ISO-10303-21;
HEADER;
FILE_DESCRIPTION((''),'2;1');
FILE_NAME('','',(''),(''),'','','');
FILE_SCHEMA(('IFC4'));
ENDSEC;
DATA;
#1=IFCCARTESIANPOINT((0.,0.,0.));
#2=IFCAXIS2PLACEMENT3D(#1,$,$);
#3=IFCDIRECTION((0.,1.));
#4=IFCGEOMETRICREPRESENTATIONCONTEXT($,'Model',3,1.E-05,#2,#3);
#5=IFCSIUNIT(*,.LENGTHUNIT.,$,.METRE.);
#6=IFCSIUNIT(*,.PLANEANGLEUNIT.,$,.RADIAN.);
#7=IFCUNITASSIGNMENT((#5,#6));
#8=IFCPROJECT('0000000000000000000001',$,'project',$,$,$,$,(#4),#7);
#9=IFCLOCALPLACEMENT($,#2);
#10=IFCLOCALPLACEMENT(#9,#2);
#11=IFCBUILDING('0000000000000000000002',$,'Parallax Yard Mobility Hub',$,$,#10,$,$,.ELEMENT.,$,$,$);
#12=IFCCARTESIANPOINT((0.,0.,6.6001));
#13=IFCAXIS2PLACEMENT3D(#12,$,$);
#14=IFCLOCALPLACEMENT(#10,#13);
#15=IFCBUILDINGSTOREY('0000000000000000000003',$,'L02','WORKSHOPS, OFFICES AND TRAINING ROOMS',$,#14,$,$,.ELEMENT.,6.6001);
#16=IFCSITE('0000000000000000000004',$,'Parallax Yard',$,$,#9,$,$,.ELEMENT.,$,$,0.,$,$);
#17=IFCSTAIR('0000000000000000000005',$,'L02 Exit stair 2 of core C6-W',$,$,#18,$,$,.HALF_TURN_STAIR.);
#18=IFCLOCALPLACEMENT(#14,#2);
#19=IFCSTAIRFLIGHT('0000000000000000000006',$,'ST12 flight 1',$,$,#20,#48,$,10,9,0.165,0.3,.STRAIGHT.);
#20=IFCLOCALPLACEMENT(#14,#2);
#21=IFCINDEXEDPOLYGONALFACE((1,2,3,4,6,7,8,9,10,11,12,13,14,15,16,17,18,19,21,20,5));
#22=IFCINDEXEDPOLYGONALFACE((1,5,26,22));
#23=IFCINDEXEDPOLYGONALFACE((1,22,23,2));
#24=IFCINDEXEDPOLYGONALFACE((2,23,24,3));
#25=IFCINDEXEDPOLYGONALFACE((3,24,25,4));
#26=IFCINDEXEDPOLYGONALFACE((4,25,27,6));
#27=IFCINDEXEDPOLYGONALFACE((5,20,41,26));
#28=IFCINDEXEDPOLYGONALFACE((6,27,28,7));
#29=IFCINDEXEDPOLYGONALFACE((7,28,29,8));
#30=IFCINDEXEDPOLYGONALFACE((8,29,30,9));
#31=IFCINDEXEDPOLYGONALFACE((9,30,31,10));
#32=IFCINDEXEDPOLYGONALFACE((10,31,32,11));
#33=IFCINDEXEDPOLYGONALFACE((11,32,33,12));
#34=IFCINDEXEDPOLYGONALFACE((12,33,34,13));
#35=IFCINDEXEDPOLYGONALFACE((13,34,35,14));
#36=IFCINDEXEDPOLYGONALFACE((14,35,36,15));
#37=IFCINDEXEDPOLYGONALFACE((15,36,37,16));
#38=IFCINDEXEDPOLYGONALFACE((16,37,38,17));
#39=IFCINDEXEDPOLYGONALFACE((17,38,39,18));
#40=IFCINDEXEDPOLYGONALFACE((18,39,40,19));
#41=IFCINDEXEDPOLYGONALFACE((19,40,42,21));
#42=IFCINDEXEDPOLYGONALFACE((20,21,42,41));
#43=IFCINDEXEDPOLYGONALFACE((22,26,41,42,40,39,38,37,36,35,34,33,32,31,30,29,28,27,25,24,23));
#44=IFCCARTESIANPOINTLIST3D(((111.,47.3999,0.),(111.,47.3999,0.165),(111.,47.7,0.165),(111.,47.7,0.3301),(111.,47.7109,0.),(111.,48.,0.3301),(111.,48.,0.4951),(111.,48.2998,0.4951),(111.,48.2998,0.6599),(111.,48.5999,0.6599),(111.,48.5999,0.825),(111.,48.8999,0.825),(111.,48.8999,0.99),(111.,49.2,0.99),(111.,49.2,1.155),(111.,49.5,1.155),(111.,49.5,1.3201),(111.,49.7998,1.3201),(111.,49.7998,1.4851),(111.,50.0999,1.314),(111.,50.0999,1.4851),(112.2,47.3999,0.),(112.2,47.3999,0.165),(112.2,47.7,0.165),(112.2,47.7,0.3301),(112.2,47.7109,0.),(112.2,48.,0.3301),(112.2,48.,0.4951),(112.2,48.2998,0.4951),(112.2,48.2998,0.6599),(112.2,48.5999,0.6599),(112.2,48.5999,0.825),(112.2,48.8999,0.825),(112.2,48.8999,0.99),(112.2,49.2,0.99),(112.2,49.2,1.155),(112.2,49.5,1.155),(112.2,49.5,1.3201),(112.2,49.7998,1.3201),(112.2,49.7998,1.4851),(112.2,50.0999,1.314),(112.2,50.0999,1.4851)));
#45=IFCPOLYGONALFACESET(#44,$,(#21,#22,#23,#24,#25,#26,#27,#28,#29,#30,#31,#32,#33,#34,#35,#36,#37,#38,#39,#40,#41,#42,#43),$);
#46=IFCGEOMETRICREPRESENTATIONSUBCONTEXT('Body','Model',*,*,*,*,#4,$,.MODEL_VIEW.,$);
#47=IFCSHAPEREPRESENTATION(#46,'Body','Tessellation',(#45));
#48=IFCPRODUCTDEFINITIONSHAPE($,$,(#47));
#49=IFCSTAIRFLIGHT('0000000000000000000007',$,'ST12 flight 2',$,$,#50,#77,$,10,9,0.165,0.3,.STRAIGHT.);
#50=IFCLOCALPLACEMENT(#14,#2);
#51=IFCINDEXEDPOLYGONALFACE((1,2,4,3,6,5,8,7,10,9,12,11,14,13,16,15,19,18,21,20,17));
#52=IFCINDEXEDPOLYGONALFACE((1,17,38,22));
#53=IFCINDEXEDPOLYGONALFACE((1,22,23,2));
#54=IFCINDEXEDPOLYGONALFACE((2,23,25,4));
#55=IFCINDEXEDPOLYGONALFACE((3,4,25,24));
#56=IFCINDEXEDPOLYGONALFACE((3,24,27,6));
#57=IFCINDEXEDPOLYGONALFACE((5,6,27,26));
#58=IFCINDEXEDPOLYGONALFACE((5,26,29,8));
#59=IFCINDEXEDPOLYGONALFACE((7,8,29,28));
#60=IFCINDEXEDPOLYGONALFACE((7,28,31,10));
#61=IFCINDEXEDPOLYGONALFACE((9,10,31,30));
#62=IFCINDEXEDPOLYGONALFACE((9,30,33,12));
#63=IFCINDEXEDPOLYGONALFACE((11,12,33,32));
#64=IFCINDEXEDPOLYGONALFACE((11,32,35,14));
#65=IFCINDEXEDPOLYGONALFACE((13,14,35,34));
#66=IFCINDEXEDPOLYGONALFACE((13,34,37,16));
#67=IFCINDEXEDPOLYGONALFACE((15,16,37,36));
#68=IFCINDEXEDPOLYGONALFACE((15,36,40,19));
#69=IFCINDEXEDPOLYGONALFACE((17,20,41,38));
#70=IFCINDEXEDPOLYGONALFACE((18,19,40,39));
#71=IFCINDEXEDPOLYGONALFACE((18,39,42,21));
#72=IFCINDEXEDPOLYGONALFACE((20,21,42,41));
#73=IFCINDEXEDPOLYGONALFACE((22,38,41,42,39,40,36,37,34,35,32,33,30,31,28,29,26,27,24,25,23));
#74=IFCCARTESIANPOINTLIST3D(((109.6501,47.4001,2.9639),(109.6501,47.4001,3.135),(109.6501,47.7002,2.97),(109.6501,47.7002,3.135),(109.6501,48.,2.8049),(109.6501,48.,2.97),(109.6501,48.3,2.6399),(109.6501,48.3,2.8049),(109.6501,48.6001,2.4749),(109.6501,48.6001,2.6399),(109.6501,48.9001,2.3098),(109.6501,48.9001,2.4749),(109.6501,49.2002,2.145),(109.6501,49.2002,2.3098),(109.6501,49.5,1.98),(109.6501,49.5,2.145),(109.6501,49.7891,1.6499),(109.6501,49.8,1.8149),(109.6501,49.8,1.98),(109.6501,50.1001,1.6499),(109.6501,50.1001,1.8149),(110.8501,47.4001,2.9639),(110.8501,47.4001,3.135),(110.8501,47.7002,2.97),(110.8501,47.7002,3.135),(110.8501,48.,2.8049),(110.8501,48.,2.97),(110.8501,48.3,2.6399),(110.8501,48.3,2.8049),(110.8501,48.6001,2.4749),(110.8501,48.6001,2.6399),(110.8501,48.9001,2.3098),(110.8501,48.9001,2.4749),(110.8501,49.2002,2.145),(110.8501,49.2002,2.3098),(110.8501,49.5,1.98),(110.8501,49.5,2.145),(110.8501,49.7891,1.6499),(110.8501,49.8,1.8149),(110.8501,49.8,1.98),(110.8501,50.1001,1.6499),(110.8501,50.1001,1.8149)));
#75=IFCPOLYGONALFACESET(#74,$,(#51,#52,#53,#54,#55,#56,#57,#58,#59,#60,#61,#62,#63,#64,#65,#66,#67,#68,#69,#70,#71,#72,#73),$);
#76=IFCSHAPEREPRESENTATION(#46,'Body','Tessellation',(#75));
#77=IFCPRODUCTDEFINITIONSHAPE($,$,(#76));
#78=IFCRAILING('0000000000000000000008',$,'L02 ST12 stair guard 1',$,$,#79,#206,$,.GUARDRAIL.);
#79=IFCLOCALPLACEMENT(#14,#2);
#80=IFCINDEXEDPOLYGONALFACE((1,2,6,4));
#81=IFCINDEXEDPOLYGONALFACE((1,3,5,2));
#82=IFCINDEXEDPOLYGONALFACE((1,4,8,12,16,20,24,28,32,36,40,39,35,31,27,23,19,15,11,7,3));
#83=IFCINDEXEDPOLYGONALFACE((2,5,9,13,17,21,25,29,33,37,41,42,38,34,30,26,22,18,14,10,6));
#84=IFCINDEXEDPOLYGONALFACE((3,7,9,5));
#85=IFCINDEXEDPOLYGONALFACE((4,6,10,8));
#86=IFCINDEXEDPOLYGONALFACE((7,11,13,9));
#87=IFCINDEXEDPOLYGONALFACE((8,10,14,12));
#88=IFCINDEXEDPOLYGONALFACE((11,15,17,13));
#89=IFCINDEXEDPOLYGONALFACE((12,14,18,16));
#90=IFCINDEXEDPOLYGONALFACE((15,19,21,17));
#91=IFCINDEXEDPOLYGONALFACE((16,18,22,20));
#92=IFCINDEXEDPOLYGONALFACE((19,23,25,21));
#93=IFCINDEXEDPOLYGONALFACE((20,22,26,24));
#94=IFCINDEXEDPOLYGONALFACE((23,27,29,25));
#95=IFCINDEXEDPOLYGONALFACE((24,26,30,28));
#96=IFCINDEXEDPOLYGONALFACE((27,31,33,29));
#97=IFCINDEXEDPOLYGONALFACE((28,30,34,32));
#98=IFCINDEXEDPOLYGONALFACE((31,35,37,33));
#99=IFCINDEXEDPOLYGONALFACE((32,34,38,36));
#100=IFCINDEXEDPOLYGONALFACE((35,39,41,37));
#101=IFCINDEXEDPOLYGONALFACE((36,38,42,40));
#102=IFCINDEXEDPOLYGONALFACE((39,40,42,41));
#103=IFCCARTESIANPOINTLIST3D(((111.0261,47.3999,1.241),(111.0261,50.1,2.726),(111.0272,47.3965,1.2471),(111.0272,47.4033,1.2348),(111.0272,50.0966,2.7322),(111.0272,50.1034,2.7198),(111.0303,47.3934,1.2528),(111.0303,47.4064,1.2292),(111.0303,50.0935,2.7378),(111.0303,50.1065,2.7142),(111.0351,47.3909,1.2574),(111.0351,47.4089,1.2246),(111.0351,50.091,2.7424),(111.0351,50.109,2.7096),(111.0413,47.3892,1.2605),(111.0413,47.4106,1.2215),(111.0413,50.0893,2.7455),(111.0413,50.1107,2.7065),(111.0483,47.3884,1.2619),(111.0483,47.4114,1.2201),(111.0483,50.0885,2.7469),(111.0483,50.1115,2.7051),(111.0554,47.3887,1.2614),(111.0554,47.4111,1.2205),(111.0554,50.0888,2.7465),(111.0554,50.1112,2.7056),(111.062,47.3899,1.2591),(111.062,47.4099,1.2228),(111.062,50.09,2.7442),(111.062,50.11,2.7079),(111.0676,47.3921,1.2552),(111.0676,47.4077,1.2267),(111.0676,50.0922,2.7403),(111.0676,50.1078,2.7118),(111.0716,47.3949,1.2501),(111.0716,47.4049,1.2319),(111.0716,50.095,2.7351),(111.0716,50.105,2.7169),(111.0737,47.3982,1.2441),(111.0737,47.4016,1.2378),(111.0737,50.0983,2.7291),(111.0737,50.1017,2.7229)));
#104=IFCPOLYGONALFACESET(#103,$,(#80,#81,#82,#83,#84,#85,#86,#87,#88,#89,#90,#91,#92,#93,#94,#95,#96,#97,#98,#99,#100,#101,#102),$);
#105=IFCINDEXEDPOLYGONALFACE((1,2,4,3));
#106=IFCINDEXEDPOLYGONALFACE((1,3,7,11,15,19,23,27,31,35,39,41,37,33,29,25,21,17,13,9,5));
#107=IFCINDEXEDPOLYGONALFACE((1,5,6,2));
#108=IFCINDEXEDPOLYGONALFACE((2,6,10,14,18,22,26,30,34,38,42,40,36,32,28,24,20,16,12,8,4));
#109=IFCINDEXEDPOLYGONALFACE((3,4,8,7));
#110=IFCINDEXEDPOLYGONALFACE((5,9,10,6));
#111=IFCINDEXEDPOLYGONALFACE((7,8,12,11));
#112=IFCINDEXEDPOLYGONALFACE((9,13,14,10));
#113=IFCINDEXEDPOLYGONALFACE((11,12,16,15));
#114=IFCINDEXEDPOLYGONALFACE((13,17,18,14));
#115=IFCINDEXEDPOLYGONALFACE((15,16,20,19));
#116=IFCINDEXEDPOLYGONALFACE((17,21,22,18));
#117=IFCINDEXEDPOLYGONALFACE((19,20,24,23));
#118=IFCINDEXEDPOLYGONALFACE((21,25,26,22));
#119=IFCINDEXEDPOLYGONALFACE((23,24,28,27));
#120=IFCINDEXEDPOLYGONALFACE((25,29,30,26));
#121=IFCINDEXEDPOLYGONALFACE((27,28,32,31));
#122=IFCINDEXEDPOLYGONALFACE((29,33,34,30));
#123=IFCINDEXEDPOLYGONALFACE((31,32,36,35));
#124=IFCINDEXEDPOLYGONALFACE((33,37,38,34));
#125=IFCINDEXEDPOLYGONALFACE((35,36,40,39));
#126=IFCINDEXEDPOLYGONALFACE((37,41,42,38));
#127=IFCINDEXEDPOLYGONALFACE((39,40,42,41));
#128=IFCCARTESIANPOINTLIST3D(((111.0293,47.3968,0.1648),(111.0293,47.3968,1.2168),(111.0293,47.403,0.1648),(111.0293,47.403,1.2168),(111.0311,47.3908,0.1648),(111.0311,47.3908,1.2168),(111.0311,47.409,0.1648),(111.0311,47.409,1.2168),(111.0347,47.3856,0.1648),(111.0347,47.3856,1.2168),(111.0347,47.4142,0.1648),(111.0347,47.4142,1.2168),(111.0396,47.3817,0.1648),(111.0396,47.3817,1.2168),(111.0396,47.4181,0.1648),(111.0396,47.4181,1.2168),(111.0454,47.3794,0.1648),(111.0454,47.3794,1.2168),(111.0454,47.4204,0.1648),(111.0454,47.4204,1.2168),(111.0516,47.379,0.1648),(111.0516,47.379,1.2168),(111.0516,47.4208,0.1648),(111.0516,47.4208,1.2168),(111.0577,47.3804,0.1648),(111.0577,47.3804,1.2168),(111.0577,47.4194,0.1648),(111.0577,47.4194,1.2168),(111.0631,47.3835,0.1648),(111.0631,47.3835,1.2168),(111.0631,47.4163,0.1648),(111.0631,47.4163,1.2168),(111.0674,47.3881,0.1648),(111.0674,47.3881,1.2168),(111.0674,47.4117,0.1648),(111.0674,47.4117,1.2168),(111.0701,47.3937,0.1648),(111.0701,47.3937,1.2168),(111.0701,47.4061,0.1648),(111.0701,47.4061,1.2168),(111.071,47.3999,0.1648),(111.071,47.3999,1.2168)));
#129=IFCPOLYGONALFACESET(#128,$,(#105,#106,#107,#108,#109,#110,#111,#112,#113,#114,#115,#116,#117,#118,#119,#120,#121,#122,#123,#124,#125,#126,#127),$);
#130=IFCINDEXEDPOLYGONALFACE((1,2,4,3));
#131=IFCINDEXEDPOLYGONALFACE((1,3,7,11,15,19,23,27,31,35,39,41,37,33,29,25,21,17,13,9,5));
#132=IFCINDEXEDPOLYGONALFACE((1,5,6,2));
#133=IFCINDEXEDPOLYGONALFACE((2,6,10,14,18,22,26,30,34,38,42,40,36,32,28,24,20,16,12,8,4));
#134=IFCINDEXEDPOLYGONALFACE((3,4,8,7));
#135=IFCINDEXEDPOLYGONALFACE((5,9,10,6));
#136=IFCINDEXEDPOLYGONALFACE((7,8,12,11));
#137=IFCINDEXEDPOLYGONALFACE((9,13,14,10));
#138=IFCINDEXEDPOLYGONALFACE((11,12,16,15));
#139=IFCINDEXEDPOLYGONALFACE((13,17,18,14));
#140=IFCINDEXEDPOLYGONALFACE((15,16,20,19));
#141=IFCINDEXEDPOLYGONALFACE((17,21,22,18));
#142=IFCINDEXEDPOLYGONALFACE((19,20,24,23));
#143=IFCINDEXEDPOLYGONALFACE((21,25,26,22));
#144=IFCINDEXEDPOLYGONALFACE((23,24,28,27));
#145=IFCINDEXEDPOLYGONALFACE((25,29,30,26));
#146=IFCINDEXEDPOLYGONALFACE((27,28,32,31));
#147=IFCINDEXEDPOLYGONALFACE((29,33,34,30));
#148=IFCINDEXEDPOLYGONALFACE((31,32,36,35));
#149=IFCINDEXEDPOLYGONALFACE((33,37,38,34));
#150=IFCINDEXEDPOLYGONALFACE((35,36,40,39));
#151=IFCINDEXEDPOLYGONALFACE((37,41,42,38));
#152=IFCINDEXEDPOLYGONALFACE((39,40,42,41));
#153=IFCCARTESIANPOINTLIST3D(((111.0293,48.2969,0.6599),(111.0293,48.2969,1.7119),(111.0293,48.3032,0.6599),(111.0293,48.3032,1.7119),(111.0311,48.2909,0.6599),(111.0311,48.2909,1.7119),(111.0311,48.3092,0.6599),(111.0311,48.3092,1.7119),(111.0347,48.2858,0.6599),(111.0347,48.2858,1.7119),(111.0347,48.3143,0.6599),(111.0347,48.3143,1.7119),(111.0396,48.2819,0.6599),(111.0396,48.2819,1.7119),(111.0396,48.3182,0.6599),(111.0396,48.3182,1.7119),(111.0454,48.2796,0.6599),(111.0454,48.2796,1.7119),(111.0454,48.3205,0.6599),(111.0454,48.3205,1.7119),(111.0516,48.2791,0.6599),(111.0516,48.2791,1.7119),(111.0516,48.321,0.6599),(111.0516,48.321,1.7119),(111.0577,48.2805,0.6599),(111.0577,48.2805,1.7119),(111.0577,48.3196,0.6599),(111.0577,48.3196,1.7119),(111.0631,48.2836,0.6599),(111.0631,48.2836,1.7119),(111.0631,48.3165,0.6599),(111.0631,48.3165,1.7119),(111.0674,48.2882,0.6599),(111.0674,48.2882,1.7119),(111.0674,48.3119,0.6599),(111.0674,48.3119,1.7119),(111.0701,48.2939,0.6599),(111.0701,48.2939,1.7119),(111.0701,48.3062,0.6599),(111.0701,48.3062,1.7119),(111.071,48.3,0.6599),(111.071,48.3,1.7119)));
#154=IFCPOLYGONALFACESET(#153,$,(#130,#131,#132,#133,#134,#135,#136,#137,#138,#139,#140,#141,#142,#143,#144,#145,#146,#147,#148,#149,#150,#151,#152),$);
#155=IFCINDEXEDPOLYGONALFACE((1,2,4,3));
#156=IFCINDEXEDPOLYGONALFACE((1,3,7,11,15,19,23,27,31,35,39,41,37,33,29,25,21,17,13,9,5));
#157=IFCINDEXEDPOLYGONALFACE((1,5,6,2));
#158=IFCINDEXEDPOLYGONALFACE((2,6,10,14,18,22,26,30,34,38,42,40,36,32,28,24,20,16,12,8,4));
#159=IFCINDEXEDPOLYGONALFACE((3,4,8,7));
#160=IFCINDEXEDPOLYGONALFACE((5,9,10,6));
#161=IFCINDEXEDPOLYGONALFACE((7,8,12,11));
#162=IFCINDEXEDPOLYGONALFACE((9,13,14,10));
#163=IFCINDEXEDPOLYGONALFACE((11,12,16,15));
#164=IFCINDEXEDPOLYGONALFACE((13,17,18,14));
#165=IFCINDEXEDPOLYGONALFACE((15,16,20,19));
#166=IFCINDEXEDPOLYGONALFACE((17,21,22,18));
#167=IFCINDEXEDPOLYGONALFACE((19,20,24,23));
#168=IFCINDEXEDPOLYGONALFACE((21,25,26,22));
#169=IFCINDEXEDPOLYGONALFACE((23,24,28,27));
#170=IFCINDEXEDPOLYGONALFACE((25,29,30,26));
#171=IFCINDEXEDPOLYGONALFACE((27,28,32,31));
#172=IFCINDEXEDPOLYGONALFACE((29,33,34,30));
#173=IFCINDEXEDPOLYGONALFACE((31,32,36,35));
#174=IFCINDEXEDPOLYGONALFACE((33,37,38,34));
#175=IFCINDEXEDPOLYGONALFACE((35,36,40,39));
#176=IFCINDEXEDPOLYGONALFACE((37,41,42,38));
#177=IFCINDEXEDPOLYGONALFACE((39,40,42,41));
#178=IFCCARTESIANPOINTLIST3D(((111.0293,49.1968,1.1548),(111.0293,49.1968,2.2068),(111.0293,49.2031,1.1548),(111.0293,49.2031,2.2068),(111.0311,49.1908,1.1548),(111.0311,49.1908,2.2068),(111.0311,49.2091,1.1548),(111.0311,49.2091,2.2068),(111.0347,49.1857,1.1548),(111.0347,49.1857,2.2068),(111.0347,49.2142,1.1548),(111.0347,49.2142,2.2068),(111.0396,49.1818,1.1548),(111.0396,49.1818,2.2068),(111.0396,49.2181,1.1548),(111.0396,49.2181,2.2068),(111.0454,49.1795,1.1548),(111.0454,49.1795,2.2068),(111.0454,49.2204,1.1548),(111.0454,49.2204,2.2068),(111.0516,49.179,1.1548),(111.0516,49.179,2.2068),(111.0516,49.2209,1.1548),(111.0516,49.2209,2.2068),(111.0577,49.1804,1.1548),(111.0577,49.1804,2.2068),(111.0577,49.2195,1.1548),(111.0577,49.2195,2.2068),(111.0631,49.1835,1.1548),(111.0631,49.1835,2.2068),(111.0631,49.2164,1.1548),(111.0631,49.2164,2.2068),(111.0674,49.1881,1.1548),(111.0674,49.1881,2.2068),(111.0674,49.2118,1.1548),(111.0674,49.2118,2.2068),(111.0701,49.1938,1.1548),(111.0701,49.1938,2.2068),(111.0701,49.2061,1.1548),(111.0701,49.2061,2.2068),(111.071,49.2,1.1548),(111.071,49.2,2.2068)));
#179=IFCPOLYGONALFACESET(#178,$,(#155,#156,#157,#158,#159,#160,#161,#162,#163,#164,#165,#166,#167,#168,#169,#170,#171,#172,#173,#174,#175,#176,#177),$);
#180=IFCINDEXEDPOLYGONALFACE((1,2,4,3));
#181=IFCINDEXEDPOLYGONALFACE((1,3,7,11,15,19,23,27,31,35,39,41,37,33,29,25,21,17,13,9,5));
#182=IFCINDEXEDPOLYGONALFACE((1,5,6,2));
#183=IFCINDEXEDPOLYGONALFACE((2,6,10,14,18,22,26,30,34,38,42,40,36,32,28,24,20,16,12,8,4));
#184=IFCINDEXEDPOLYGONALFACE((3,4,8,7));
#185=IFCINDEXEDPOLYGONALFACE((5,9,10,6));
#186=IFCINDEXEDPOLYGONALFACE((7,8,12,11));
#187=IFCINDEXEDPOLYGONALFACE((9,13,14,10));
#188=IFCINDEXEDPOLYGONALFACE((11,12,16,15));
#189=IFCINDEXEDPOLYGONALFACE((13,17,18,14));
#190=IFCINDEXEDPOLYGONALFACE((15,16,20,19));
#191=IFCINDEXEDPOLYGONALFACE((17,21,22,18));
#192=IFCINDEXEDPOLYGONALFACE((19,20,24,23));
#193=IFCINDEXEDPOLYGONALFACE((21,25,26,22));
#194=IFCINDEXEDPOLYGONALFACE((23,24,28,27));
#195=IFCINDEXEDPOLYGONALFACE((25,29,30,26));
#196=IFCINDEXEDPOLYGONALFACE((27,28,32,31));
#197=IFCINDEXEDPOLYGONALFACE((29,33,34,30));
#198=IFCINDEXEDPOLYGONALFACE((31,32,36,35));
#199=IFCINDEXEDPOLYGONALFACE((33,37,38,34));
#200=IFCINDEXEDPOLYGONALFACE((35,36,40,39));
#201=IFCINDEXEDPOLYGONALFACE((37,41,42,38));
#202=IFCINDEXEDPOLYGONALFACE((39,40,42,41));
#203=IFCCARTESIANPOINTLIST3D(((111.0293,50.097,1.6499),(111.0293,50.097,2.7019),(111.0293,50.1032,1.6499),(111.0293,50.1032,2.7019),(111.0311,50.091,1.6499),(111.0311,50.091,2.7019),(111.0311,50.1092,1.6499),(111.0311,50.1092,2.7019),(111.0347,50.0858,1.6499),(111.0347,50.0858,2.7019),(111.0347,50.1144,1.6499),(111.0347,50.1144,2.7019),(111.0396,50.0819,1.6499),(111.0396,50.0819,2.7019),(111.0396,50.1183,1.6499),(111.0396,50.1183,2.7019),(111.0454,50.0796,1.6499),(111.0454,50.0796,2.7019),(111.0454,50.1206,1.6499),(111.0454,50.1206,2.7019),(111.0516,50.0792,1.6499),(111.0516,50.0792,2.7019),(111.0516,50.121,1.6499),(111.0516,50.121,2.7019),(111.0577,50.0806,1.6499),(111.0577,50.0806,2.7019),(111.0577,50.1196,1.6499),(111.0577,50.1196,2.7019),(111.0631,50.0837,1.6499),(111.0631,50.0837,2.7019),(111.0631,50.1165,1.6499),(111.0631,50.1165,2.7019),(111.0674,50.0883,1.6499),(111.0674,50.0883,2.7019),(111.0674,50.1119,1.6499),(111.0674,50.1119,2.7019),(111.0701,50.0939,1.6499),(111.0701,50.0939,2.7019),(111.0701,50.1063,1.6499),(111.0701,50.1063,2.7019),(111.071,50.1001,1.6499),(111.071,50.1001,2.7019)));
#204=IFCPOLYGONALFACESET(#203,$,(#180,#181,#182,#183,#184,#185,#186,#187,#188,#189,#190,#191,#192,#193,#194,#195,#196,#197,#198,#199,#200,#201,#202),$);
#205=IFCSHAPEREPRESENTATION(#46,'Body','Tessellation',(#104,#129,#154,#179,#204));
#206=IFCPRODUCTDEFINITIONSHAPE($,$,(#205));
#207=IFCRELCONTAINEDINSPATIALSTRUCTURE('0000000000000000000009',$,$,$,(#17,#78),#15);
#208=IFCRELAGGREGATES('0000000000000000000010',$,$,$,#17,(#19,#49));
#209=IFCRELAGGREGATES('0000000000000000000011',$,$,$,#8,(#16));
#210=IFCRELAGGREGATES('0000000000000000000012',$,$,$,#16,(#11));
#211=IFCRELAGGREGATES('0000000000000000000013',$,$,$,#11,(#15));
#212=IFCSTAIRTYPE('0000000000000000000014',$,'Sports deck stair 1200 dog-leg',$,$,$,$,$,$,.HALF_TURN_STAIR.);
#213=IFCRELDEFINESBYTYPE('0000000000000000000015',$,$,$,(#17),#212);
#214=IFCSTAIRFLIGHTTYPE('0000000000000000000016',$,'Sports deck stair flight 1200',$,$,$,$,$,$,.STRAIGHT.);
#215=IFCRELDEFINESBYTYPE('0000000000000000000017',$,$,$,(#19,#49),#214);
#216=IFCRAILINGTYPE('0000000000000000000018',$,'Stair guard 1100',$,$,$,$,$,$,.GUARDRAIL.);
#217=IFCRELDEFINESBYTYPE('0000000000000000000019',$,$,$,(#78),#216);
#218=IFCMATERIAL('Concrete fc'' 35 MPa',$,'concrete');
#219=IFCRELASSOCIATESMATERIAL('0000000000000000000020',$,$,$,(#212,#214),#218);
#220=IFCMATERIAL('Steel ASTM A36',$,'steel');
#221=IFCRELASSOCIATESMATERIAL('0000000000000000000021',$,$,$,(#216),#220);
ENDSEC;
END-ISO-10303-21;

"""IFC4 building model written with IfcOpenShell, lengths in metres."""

from ifc_helpers import new_model, si_unit, direction, frame, origin, origin_2d, place, context, subcontext, project, spatial, polyline, circle, outline, extrude, material, type_object, element, aggregate, save


model = new_model("IFC4")

# Units and contexts
model_context = context("Model", 3, precision=1e-05, world=origin(), true_north=direction((0.0, 1.0)))
body_context = subcontext(model_context, "Body", "Model", "MODEL_VIEW")
ifc_project = project(units=[si_unit("LENGTHUNIT", "METRE"), si_unit("PLANEANGLEUNIT", "RADIAN")], contexts=[model_context])

# Site, building, storey
site_placement = place(None, origin())
site = spatial("IfcSite", under=ifc_project, at=site_placement, Name="Parallax Yard", CompositionType="ELEMENT", RefElevation=0.0)
building_placement = place(site_placement, origin())
building = spatial("IfcBuilding", under=site, at=building_placement, Name="Parallax Yard Mobility Hub", CompositionType="ELEMENT")
storey_placement = place(building_placement, frame((0.0, 0.0, 6.6001)))
storey = spatial("IfcBuildingStorey", under=building, at=storey_placement, Name="L02", Description="WORKSHOPS, OFFICES AND TRAINING ROOMS", CompositionType="ELEMENT", Elevation=6.6001)

# Shared definitions
ifc_material_1 = material(Name="Concrete fc' 35 MPa", Category="concrete")

# Stair, stair flights
stair_type = type_object("IfcStairType", Name="Sports deck stair 1200 dog-leg", PredefinedType="HALF_TURN_STAIR", material=ifc_material_1)
stair_placement = place(storey_placement, origin())
stair = element("IfcStair", 1, at=stair_placement, inside=storey, type_object=stair_type, Name="L02 Exit stair 2 of core C6-W", PredefinedType="HALF_TURN_STAIR")
stair_flight_type = type_object("IfcStairFlightType", Name="Sports deck stair flight 1200", PredefinedType="STRAIGHT", material=ifc_material_1)
stair_flight_1_placement = place(storey_placement, frame((111.6001, 47.3999, 0.0), z_axis=(0.0, 0.0, 1.0), x_axis=(0.0, 1.0, 0.0)))
stair_flight_1 = element("IfcStairFlight", 2, at=stair_flight_1_placement, type_object=stair_flight_type, Name="ST12 flight 1", NumberOfRisers=10, NumberOfTreads=9, PredefinedType="STRAIGHT", RiserHeight=0.165, TreadLength=0.3, context=body_context, shape_type="SweptSolid", body=[
    extrude(outline(polyline([(0.0, 0.0), (0.0, 0.165), (0.3, 0.165), (0.3, 0.3301), (0.6001, 0.3301), (0.6001, 0.4951), (0.8999, 0.4951), (0.8999, 0.6599), (1.2, 0.6599), (1.2, 0.825), (1.5, 0.825), (1.5, 0.99), (1.8, 0.99), (1.8, 1.155), (2.1001, 1.155), (2.1001, 1.3201), (2.3999, 1.3201), (2.3999, 1.4851), (2.7, 1.4851), (2.7, 1.6499), (2.7, 1.314), (0.311, 0.0), (0.0, 0.0)])), frame((0.0, 0.6001, 0.0), z_axis=(0.0, -1.0, 0.0), x_axis=(1.0, 0.0, 0.0)), (0.0, 0.0, 1.0), 1.2),
])
stair_flight_2_placement = place(storey_placement, frame((110.25, 50.1001, 1.6499), z_axis=(0.0, 0.0, 1.0), x_axis=(0.0, -1.0, 0.0)))
stair_flight_2 = element("IfcStairFlight", 3, at=stair_flight_2_placement, type_object=stair_flight_type, Name="ST12 flight 2", NumberOfRisers=10, NumberOfTreads=9, PredefinedType="STRAIGHT", RiserHeight=0.165, TreadLength=0.3, context=body_context, shape_type="SweptSolid", body=[
    extrude(outline(polyline([(0.0, 0.0), (0.0, 0.165), (0.3, 0.165), (0.3, 0.3301), (0.6001, 0.3301), (0.6001, 0.4951), (0.8999, 0.4951), (0.8999, 0.6599), (1.2, 0.6599), (1.2, 0.825), (1.5, 0.825), (1.5, 0.99), (1.8, 0.99), (1.8, 1.155), (2.1001, 1.155), (2.1001, 1.3201), (2.3999, 1.3201), (2.3999, 1.4851), (2.7, 1.4851), (2.7, 1.6499), (2.7, 1.314), (0.311, 0.0), (0.0, 0.0)])), frame((0.0, 0.6001, 0.0), z_axis=(0.0, -1.0, 0.0), x_axis=(1.0, 0.0, 0.0)), (0.0, 0.0, 1.0), 1.2),
])
aggregate(stair, [stair_flight_1, stair_flight_2])

# Railing
ifc_material_2 = material(Name="Steel ASTM A36", Category="steel")
railing_type_1 = type_object("IfcRailingType", Name="Stair guard 1100", PredefinedType="GUARDRAIL", material=ifc_material_2)
railing_1_placement = place(storey_placement, frame((111.05, 47.3999, 0.1648)))
element("IfcRailing", 4, at=railing_1_placement, inside=storey, type_object=railing_type_1, Name="L02 ST12 stair guard 1", PredefinedType="GUARDRAIL", context=body_context, shape_type="SweptSolid", body=[
    extrude(circle(Radius=0.0239, at=origin_2d()), frame((0.0, 0.0, 1.0762), z_axis=(0.0, 0.876216, 0.481919), x_axis=(-1.0, 0.0, 0.0)), (0.0, 0.0, 1.0), 3.0815),
    extrude(circle(Radius=0.021, at=origin_2d()), origin(), (0.0, 0.0, 1.0), 1.052),
    extrude(circle(Radius=0.021, at=origin_2d()), frame((0.0, 0.9001, 0.4951)), (0.0, 0.0, 1.0), 1.052),
    extrude(circle(Radius=0.021, at=origin_2d()), frame((0.0, 1.8, 0.99)), (0.0, 0.0, 1.0), 1.052),
    extrude(circle(Radius=0.021, at=origin_2d()), frame((0.0, 2.7002, 1.4851)), (0.0, 0.0, 1.0), 1.052),
])

save(model, "model.ifc")
